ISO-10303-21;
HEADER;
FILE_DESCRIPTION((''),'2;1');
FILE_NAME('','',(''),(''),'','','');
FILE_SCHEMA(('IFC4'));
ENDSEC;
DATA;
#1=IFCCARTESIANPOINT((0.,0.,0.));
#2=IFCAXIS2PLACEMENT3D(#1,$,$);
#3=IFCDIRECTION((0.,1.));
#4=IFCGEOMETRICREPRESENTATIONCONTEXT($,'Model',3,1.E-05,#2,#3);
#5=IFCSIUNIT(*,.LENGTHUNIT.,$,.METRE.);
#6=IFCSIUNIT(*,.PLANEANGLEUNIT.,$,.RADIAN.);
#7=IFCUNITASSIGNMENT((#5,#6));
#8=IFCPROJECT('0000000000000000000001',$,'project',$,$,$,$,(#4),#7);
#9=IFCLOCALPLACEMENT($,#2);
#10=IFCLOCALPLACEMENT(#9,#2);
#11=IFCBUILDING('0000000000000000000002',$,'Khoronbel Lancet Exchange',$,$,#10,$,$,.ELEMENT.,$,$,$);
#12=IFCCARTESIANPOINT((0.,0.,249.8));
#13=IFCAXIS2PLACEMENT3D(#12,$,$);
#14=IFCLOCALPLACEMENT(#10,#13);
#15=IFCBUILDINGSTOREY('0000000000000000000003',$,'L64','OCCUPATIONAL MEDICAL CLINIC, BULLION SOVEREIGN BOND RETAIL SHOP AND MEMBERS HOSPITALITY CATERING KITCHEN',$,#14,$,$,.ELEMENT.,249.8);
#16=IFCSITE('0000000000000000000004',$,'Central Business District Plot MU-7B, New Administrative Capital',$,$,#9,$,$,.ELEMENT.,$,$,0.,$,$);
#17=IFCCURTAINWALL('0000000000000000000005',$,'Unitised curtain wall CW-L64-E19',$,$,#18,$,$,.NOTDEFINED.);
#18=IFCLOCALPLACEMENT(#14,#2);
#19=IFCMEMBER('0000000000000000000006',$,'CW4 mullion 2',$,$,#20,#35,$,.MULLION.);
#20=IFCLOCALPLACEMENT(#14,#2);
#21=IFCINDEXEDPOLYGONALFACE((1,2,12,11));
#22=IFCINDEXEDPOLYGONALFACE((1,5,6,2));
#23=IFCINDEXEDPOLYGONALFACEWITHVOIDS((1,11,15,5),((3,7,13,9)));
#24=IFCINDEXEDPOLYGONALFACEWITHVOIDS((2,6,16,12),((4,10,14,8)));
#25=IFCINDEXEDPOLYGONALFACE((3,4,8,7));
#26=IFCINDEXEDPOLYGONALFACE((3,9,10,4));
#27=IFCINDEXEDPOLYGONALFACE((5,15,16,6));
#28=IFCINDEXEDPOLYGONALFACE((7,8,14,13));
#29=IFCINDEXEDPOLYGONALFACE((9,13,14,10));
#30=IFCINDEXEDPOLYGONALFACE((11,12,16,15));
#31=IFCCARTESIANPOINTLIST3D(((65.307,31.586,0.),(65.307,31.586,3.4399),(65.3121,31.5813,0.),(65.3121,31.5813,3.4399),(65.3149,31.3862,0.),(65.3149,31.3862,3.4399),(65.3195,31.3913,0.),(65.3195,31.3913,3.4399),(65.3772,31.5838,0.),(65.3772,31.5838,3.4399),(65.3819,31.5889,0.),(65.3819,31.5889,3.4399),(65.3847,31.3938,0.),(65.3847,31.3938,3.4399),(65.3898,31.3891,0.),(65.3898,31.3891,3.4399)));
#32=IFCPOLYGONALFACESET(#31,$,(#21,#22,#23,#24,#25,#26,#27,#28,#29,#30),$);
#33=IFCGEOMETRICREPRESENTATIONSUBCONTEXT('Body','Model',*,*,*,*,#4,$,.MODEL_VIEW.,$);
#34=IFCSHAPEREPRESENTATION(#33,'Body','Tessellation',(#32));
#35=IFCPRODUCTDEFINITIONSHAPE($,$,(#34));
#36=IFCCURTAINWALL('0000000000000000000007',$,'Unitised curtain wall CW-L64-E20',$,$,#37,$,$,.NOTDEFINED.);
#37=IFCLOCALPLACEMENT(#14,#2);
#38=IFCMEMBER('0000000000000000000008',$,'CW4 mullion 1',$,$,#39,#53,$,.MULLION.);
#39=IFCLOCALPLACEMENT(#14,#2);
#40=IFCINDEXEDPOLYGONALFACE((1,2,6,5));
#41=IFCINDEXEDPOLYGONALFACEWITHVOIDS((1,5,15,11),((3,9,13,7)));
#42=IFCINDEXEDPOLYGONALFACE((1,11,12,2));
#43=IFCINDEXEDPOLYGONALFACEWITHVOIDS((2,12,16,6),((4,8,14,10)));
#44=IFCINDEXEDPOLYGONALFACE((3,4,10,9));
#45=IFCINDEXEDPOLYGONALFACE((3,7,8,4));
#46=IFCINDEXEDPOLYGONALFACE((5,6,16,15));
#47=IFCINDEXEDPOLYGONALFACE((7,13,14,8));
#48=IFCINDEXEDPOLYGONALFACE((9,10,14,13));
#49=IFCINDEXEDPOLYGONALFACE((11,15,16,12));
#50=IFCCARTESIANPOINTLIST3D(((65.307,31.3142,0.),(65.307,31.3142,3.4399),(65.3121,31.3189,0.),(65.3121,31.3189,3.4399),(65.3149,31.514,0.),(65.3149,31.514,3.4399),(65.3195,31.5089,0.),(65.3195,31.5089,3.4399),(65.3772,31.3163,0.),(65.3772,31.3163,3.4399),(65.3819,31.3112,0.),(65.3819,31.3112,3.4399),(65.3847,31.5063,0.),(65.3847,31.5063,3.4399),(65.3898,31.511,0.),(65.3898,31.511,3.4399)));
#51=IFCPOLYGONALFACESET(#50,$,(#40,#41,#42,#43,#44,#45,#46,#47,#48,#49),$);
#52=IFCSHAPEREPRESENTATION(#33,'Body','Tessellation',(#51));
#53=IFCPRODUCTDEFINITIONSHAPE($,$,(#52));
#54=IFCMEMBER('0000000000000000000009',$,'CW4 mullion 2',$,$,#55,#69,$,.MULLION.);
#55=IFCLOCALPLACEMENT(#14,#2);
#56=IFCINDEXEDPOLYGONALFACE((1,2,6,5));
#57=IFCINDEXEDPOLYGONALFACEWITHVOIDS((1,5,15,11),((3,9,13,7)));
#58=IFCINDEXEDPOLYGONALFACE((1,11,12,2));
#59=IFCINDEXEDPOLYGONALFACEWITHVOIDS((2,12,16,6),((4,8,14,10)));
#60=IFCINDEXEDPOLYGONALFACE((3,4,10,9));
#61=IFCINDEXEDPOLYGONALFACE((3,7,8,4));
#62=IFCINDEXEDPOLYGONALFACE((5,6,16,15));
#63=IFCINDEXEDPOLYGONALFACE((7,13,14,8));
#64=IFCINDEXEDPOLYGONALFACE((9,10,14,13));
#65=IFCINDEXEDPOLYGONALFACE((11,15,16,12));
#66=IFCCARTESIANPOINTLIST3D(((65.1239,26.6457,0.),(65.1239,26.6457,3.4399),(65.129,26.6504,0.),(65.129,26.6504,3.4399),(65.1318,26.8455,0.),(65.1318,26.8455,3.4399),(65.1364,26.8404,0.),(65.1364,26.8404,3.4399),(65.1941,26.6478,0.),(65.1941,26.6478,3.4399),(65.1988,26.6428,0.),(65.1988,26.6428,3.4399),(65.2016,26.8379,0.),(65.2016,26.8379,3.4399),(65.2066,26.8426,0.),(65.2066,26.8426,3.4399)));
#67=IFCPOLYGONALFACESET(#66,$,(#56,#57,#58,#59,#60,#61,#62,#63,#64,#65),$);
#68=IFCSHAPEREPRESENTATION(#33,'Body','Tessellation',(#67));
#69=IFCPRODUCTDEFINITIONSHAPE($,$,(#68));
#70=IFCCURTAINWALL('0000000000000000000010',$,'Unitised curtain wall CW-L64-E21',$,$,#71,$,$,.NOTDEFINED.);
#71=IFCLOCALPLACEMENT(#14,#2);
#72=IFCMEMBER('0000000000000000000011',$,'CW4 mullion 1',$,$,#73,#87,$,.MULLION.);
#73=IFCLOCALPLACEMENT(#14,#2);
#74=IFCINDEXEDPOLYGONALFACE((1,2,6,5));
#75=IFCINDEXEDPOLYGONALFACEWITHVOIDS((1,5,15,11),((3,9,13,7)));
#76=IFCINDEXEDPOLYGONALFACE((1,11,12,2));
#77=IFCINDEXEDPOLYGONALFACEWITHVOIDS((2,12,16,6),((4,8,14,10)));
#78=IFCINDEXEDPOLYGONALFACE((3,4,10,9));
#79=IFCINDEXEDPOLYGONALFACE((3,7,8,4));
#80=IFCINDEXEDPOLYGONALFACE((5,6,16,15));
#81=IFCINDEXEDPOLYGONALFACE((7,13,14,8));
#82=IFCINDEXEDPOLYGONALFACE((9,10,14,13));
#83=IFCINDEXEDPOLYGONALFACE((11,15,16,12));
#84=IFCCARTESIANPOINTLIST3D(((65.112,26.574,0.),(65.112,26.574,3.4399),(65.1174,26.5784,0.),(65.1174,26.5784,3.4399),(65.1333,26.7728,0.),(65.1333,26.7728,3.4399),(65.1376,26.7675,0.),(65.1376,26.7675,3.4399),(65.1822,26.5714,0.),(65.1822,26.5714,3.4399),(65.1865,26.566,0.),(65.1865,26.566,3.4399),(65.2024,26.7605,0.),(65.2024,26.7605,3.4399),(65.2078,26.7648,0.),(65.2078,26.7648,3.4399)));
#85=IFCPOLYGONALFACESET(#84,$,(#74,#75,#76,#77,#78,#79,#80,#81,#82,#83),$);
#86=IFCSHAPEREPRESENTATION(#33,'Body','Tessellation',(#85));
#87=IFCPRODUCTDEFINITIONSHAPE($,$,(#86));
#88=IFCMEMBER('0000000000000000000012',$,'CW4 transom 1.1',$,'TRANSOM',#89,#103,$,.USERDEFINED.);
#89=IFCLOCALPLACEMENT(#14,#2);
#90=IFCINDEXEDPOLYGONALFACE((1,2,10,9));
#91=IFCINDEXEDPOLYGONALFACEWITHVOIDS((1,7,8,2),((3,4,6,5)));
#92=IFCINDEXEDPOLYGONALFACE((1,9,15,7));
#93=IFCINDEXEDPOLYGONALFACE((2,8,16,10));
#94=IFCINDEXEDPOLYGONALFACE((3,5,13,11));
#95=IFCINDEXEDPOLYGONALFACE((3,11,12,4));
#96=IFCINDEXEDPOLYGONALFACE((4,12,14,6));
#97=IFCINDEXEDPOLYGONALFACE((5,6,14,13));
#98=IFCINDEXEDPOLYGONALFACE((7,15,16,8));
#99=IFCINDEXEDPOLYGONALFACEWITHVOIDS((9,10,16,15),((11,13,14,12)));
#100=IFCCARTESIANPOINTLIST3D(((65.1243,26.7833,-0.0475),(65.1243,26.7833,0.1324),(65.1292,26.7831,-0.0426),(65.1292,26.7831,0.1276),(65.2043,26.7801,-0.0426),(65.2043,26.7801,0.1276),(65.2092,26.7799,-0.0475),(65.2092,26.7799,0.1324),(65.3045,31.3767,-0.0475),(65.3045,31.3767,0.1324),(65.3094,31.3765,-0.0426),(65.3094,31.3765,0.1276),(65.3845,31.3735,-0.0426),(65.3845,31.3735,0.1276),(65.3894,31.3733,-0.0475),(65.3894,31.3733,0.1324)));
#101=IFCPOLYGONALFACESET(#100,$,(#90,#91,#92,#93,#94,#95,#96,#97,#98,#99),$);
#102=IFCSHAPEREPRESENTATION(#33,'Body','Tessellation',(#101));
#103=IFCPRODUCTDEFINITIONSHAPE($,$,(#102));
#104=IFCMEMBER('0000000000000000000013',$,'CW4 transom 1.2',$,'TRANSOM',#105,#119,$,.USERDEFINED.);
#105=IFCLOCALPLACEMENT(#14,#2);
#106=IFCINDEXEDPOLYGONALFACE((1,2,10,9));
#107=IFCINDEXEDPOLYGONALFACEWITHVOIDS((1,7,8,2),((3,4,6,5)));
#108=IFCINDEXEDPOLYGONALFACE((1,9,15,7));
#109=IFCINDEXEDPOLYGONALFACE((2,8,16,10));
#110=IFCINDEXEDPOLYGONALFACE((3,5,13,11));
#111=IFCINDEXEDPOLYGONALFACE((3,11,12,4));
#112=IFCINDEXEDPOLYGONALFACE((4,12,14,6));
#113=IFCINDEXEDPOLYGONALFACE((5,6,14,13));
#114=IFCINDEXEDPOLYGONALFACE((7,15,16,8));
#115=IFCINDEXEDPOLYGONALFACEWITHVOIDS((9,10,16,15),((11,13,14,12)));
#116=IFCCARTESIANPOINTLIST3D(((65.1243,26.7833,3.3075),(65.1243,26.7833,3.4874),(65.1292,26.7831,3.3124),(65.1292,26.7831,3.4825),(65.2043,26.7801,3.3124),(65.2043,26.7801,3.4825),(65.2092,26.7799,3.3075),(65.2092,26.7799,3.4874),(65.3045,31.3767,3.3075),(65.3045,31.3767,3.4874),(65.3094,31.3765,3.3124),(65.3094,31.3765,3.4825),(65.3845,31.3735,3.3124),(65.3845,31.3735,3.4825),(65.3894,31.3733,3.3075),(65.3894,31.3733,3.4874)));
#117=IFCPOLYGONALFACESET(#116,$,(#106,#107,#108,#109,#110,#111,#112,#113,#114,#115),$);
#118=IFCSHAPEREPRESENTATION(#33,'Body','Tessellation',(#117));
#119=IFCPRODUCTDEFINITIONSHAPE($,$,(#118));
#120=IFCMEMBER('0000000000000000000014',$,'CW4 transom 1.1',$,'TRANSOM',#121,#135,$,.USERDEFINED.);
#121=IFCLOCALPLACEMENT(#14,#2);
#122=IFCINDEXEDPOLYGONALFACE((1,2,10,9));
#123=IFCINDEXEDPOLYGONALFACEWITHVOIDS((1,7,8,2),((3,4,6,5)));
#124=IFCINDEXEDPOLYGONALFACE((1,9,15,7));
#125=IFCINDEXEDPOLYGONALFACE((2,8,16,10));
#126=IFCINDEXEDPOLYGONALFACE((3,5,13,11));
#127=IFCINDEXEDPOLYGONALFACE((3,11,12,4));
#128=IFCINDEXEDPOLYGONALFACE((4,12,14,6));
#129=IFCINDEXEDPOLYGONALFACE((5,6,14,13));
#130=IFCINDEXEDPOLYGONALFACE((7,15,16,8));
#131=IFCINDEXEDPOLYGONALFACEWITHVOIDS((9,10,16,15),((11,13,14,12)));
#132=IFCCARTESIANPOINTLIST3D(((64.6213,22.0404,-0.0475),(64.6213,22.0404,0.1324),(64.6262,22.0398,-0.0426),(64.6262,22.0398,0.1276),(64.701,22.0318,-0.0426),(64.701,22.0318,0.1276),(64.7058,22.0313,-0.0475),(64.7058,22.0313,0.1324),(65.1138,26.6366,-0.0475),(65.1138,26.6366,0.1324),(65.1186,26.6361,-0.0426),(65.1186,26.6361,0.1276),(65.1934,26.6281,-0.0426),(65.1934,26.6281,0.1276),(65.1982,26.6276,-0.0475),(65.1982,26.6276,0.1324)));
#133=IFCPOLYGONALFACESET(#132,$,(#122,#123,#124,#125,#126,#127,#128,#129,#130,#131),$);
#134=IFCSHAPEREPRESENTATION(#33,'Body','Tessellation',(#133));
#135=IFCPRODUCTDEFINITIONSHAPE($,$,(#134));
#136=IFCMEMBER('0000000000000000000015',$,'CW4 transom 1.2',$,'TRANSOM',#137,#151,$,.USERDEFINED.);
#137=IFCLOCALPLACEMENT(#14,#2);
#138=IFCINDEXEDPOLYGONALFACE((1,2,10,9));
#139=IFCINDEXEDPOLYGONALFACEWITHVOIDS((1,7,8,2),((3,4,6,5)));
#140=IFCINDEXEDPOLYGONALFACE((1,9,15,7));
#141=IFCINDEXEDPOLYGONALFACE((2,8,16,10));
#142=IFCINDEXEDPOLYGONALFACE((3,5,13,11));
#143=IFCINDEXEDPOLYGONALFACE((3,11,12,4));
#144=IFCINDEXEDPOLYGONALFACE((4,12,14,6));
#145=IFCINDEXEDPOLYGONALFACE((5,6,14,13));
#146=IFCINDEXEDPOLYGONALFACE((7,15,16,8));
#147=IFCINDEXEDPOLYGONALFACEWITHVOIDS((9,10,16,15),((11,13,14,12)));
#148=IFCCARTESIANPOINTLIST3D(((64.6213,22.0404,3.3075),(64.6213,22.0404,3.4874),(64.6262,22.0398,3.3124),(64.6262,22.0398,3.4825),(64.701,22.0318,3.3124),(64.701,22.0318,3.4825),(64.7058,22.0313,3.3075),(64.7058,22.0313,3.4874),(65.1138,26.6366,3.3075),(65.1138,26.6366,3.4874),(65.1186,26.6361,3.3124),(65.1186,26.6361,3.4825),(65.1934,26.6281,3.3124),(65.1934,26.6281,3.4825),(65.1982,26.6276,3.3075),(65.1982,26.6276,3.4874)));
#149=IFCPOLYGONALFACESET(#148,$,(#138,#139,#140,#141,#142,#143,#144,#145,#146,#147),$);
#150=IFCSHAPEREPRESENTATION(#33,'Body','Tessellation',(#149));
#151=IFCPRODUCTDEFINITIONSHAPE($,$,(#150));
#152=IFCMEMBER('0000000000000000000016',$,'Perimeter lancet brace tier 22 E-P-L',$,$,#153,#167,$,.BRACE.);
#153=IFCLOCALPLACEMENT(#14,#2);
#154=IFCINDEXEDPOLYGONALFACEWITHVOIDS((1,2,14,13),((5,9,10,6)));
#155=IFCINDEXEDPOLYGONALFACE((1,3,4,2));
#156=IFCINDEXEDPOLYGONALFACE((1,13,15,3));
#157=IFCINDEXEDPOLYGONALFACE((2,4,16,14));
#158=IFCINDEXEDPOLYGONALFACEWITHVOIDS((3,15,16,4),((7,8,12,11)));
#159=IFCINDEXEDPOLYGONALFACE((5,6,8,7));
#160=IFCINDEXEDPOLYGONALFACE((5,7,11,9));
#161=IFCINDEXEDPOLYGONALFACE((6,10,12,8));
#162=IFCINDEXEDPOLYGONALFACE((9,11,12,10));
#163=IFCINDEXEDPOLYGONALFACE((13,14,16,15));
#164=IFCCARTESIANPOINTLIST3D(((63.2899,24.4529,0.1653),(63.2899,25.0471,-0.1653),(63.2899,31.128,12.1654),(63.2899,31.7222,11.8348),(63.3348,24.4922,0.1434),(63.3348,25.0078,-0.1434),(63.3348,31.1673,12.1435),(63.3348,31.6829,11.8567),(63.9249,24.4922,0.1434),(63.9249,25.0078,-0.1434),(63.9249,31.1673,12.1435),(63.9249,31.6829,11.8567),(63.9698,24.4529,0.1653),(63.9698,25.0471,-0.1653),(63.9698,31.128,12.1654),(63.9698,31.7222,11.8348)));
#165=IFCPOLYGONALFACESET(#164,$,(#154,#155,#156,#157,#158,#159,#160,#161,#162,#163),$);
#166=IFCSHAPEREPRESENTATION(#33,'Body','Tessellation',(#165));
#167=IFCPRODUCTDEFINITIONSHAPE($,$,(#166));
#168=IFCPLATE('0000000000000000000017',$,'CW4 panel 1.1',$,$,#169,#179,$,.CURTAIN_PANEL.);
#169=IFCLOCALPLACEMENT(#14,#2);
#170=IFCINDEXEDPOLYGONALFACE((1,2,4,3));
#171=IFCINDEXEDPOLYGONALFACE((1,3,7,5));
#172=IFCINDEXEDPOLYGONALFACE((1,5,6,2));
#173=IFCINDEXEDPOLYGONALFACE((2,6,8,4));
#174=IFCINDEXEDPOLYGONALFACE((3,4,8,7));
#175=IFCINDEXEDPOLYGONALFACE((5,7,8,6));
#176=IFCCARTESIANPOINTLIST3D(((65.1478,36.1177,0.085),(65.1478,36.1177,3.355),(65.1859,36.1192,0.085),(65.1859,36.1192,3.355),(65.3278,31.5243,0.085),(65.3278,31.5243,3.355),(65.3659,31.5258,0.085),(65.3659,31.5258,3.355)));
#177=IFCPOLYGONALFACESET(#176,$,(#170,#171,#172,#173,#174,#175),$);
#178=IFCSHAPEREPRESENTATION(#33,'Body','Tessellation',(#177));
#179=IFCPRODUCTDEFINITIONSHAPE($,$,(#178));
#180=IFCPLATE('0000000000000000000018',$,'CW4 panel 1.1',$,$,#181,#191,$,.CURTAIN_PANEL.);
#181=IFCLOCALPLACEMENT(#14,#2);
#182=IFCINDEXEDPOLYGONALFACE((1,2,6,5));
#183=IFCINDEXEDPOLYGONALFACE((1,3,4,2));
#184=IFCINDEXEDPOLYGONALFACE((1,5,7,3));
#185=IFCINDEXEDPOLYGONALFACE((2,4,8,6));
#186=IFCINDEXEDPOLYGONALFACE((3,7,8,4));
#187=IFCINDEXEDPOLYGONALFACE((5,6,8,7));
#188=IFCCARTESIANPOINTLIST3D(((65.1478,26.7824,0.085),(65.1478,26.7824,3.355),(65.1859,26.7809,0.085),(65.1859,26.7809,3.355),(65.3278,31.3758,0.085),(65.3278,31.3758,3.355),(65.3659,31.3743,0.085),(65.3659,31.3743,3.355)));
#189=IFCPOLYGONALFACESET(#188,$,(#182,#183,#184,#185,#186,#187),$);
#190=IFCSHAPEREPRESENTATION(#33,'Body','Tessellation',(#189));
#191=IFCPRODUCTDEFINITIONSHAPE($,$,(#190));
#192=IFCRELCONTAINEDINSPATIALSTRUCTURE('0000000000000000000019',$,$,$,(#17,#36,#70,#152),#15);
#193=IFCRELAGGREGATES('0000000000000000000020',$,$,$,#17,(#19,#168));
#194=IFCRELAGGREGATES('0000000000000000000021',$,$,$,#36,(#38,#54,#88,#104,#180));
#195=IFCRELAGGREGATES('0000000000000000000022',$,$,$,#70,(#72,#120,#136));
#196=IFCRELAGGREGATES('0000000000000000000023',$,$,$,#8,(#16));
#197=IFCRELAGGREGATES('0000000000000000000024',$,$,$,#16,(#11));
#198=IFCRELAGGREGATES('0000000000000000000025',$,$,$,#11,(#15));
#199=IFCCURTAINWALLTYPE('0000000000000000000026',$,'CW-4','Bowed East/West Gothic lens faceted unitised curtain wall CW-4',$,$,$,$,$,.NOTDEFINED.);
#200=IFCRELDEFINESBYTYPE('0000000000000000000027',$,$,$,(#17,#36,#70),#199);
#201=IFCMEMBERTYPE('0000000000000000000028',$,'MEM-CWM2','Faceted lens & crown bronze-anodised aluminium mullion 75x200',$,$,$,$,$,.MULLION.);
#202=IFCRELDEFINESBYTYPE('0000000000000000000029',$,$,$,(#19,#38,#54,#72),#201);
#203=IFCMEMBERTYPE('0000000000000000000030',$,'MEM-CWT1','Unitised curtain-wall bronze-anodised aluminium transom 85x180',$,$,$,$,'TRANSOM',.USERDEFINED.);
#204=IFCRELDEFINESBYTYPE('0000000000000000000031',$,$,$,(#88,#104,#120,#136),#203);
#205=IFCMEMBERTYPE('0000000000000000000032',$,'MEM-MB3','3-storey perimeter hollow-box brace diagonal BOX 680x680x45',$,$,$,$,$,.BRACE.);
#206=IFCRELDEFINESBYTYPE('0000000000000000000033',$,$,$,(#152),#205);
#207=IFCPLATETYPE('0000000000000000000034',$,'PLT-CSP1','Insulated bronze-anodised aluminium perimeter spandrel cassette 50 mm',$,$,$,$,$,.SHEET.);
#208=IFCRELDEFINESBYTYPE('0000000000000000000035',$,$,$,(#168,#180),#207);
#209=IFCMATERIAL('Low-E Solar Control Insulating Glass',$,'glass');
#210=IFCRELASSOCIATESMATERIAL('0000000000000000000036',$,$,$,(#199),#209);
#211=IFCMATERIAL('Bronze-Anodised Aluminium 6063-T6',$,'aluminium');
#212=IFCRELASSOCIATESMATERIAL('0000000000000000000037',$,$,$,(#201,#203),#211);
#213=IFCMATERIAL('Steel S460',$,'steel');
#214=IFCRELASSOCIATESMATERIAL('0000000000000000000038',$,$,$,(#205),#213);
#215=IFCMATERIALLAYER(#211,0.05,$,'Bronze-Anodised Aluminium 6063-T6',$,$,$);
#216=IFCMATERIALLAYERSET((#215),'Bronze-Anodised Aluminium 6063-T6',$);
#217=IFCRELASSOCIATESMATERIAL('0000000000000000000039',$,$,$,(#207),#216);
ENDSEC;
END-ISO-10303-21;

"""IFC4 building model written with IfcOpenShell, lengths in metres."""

from ifc_helpers import new_model, si_unit, direction, frame, origin, origin_2d, place, context, subcontext, project, spatial, rectangle, hollow_rectangle, extrude, material, layer, layer_set, material_profile, profile_set, type_object, element, aggregate, save


model = new_model("IFC4")

# Units and contexts
model_context = context("Model", 3, precision=1e-05, world=origin(), true_north=direction((0.0, 1.0)))
body_context = subcontext(model_context, "Body", "Model", "MODEL_VIEW")
ifc_project = project(units=[si_unit("LENGTHUNIT", "METRE"), si_unit("PLANEANGLEUNIT", "RADIAN")], contexts=[model_context])

# Site, building, storey
site_placement = place(None, origin())
site = spatial("IfcSite", under=ifc_project, at=site_placement, Name="Central Business District Plot MU-7B, New Administrative Capital", CompositionType="ELEMENT", RefElevation=0.0)
building_placement = place(site_placement, origin())
building = spatial("IfcBuilding", under=site, at=building_placement, Name="Khoronbel Lancet Exchange", CompositionType="ELEMENT")
storey_placement = place(building_placement, frame((0.0, 0.0, 249.8)))
storey = spatial("IfcBuildingStorey", under=building, at=storey_placement, Name="L64", Description="OCCUPATIONAL MEDICAL CLINIC, BULLION SOVEREIGN BOND RETAIL SHOP AND MEMBERS HOSPITALITY CATERING KITCHEN", CompositionType="ELEMENT", Elevation=249.8)

# Curtain wall, member
ifc_material_1 = material(Name="Low-E Solar Control Insulating Glass", Category="glass")
curtain_wall_type = type_object("IfcCurtainWallType", Name="CW-4", Description="Bowed East/West Gothic lens faceted unitised curtain wall CW-4", PredefinedType="NOTDEFINED", material=ifc_material_1)
curtain_wall_1_placement = place(storey_placement, origin())
curtain_wall_1 = element("IfcCurtainWall", 1, at=curtain_wall_1_placement, inside=storey, type_object=curtain_wall_type, Name="Unitised curtain wall CW-L64-E19", PredefinedType="NOTDEFINED")
ifc_material_2 = material(Name="Bronze-Anodised Aluminium 6063-T6", Category="aluminium")
ifc_material_profile_1 = material_profile(ifc_material_2, hollow_rectangle(XDim=0.075, YDim=0.2, WallThickness=0.0049, at=origin_2d()), Name="ALU MULLION 75x200")
ifc_profile_set_1 = profile_set([ifc_material_profile_1], Name="Bronze-Anodised Aluminium 6063-T6")
member_type_1 = type_object("IfcMemberType", Name="MEM-CWM2", Description="Faceted lens & crown bronze-anodised aluminium mullion 75x200", PredefinedType="MULLION", material=ifc_profile_set_1)
member_1_placement = place(storey_placement, frame((65.3484, 31.4875, 0.0), z_axis=(0.0, 0.0, 1.0), x_axis=(0.999233, 0.039161, 0.0)))
member_1 = element("IfcMember", 2, at=member_1_placement, type_object=member_type_1, Name="CW4 mullion 2", PredefinedType="MULLION", context=body_context, shape_type="SweptSolid", body=[
    extrude(hollow_rectangle(XDim=0.075, YDim=0.2, WallThickness=0.0049, at=origin_2d()), origin(), (0.0, 0.0, 1.0), 3.4399),
])

# Curtain wall, members
curtain_wall_2_placement = place(storey_placement, origin())
curtain_wall_2 = element("IfcCurtainWall", 3, at=curtain_wall_2_placement, inside=storey, type_object=curtain_wall_type, Name="Unitised curtain wall CW-L64-E20", PredefinedType="NOTDEFINED")
member_2_placement = place(storey_placement, frame((65.3484, 31.4126, 0.0), z_axis=(0.0, 0.0, 1.0), x_axis=(0.999233, -0.039161, 0.0)))
member_2 = element("IfcMember", 4, at=member_2_placement, type_object=member_type_1, Name="CW4 mullion 1", PredefinedType="MULLION", context=body_context, shape_type="SweptSolid", body=[
    extrude(hollow_rectangle(XDim=0.075, YDim=0.2, WallThickness=0.0049, at=origin_2d()), origin(), (0.0, 0.0, 1.0), 3.4399),
])
member_3_placement = place(storey_placement, frame((65.1653, 26.7441, 0.0), z_axis=(0.0, 0.0, 1.0), x_axis=(0.999233, -0.039161, 0.0)))
member_3 = element("IfcMember", 5, at=member_3_placement, type_object=member_type_1, Name="CW4 mullion 2", PredefinedType="MULLION", context=body_context, shape_type="SweptSolid", body=[
    extrude(hollow_rectangle(XDim=0.075, YDim=0.2, WallThickness=0.0049, at=origin_2d()), origin(), (0.0, 0.0, 1.0), 3.4399),
])

# Curtain wall, member
curtain_wall_3_placement = place(storey_placement, origin())
curtain_wall_3 = element("IfcCurtainWall", 6, at=curtain_wall_3_placement, inside=storey, type_object=curtain_wall_type, Name="Unitised curtain wall CW-L64-E21", PredefinedType="NOTDEFINED")
member_4_placement = place(storey_placement, frame((65.1599, 26.6694, 0.0), z_axis=(0.0, 0.0, 1.0), x_axis=(0.994312, -0.106507, 0.0)))
member_4 = element("IfcMember", 7, at=member_4_placement, type_object=member_type_1, Name="CW4 mullion 1", PredefinedType="MULLION", context=body_context, shape_type="SweptSolid", body=[
    extrude(hollow_rectangle(XDim=0.075, YDim=0.2, WallThickness=0.0049, at=origin_2d()), origin(), (0.0, 0.0, 1.0), 3.4399),
])

# Members
ifc_material_profile_2 = material_profile(ifc_material_2, hollow_rectangle(XDim=0.085, YDim=0.1799, WallThickness=0.0049, at=origin_2d()), Name="ALU TRANSOM 85x180")
ifc_profile_set_2 = profile_set([ifc_material_profile_2], Name="Bronze-Anodised Aluminium 6063-T6")
member_type_2 = type_object("IfcMemberType", Name="MEM-CWT1", Description="Unitised curtain-wall bronze-anodised aluminium transom 85x180", ElementType="TRANSOM", PredefinedType="USERDEFINED", material=ifc_profile_set_2)
member_5_placement = place(storey_placement, frame((65.3469, 31.375, 0.0425), z_axis=(-0.039194, -0.999232, 0.0), x_axis=(0.999232, -0.039194, 0.0)))
member_5 = element("IfcMember", 8, at=member_5_placement, type_object=member_type_2, Name="CW4 transom 1.1", ObjectType="TRANSOM", PredefinedType="USERDEFINED", context=body_context, shape_type="SweptSolid", body=[
    extrude(hollow_rectangle(XDim=0.085, YDim=0.1799, WallThickness=0.0049, at=origin_2d()), origin(), (0.0, 0.0, 1.0), 4.5969),
])
member_6_placement = place(storey_placement, frame((65.3469, 31.375, 3.3975), z_axis=(-0.039194, -0.999232, 0.0), x_axis=(0.999232, -0.039194, 0.0)))
member_6 = element("IfcMember", 9, at=member_6_placement, type_object=member_type_2, Name="CW4 transom 1.2", ObjectType="TRANSOM", PredefinedType="USERDEFINED", context=body_context, shape_type="SweptSolid", body=[
    extrude(hollow_rectangle(XDim=0.085, YDim=0.1799, WallThickness=0.0049, at=origin_2d()), origin(), (0.0, 0.0, 1.0), 4.5969),
])
member_7_placement = place(storey_placement, frame((65.156, 26.6321, 0.0425), z_axis=(-0.106529, -0.99431, 0.0), x_axis=(0.99431, -0.106529, 0.0)))
member_7 = element("IfcMember", 10, at=member_7_placement, type_object=member_type_2, Name="CW4 transom 1.1", ObjectType="TRANSOM", PredefinedType="USERDEFINED", context=body_context, shape_type="SweptSolid", body=[
    extrude(hollow_rectangle(XDim=0.085, YDim=0.1799, WallThickness=0.0049, at=origin_2d()), origin(), (0.0, 0.0, 1.0), 4.6226),
])
member_8_placement = place(storey_placement, frame((65.156, 26.6321, 3.3975), z_axis=(-0.106529, -0.99431, 0.0), x_axis=(0.99431, -0.106529, 0.0)))
member_8 = element("IfcMember", 11, at=member_8_placement, type_object=member_type_2, Name="CW4 transom 1.2", ObjectType="TRANSOM", PredefinedType="USERDEFINED", context=body_context, shape_type="SweptSolid", body=[
    extrude(hollow_rectangle(XDim=0.085, YDim=0.1799, WallThickness=0.0049, at=origin_2d()), origin(), (0.0, 0.0, 1.0), 4.6226),
])
ifc_material_3 = material(Name="Steel S460", Category="steel")
ifc_material_profile_3 = material_profile(ifc_material_3, hollow_rectangle(XDim=0.6799, YDim=0.6799, WallThickness=0.0449, at=origin_2d()), Name="BOX 680x680x45")
ifc_profile_set_3 = profile_set([ifc_material_profile_3], Name="Steel S460")
member_type_3 = type_object("IfcMemberType", Name="MEM-MB3", Description="3-storey perimeter hollow-box brace diagonal BOX 680x680x45", PredefinedType="BRACE", material=ifc_profile_set_3)
member_9_placement = place(storey_placement, frame((63.6299, 24.75, 0.0), z_axis=(0.0, 0.486109, 0.873898), x_axis=(-1.0, 0.0, 0.0)))
element("IfcMember", 12, at=member_9_placement, inside=storey, type_object=member_type_3, Name="Perimeter lancet brace tier 22 E-P-L", PredefinedType="BRACE", context=body_context, shape_type="SweptSolid", body=[
    extrude(hollow_rectangle(XDim=0.6799, YDim=0.6799, WallThickness=0.0449, at=origin_2d()), origin(), (0.0, 0.0, 1.0), 13.7317),
])

# Plates
ifc_layer_1 = layer(ifc_material_2, 0.05, Name="Bronze-Anodised Aluminium 6063-T6")
ifc_layer_set_1 = layer_set([ifc_layer_1], Name="Bronze-Anodised Aluminium 6063-T6")
plate_type_1 = type_object("IfcPlateType", Name="PLT-CSP1", Description="Insulated bronze-anodised aluminium perimeter spandrel cassette 50 mm", PredefinedType="SHEET", material=ifc_layer_set_1)
plate_1_placement = place(storey_placement, frame((65.2568, 33.8218, 0.085), z_axis=(0.0, 0.0, 1.0), x_axis=(0.039161, -0.999233, 0.0)))
plate_1 = element("IfcPlate", 13, at=plate_1_placement, type_object=plate_type_1, Name="CW4 panel 1.1", PredefinedType="CURTAIN_PANEL", context=body_context, shape_type="SweptSolid", body=[
    extrude(rectangle(XDim=4.5969, YDim=0.0381, at=origin_2d()), origin(), (0.0, 0.0, 1.0), 3.27),
])
aggregate(curtain_wall_1, [member_1, plate_1])
plate_2_placement = place(storey_placement, frame((65.2568, 29.0784, 0.085), z_axis=(0.0, 0.0, 1.0), x_axis=(-0.039161, -0.999233, 0.0)))
plate_2 = element("IfcPlate", 14, at=plate_2_placement, type_object=plate_type_1, Name="CW4 panel 1.1", PredefinedType="CURTAIN_PANEL", context=body_context, shape_type="SweptSolid", body=[
    extrude(rectangle(XDim=4.5969, YDim=0.0381, at=origin_2d()), origin(), (0.0, 0.0, 1.0), 3.27),
])
aggregate(curtain_wall_2, [member_2, member_3, member_5, member_6, plate_2])
aggregate(curtain_wall_3, [member_4, member_7, member_8])

save(model, "model.ifc")
